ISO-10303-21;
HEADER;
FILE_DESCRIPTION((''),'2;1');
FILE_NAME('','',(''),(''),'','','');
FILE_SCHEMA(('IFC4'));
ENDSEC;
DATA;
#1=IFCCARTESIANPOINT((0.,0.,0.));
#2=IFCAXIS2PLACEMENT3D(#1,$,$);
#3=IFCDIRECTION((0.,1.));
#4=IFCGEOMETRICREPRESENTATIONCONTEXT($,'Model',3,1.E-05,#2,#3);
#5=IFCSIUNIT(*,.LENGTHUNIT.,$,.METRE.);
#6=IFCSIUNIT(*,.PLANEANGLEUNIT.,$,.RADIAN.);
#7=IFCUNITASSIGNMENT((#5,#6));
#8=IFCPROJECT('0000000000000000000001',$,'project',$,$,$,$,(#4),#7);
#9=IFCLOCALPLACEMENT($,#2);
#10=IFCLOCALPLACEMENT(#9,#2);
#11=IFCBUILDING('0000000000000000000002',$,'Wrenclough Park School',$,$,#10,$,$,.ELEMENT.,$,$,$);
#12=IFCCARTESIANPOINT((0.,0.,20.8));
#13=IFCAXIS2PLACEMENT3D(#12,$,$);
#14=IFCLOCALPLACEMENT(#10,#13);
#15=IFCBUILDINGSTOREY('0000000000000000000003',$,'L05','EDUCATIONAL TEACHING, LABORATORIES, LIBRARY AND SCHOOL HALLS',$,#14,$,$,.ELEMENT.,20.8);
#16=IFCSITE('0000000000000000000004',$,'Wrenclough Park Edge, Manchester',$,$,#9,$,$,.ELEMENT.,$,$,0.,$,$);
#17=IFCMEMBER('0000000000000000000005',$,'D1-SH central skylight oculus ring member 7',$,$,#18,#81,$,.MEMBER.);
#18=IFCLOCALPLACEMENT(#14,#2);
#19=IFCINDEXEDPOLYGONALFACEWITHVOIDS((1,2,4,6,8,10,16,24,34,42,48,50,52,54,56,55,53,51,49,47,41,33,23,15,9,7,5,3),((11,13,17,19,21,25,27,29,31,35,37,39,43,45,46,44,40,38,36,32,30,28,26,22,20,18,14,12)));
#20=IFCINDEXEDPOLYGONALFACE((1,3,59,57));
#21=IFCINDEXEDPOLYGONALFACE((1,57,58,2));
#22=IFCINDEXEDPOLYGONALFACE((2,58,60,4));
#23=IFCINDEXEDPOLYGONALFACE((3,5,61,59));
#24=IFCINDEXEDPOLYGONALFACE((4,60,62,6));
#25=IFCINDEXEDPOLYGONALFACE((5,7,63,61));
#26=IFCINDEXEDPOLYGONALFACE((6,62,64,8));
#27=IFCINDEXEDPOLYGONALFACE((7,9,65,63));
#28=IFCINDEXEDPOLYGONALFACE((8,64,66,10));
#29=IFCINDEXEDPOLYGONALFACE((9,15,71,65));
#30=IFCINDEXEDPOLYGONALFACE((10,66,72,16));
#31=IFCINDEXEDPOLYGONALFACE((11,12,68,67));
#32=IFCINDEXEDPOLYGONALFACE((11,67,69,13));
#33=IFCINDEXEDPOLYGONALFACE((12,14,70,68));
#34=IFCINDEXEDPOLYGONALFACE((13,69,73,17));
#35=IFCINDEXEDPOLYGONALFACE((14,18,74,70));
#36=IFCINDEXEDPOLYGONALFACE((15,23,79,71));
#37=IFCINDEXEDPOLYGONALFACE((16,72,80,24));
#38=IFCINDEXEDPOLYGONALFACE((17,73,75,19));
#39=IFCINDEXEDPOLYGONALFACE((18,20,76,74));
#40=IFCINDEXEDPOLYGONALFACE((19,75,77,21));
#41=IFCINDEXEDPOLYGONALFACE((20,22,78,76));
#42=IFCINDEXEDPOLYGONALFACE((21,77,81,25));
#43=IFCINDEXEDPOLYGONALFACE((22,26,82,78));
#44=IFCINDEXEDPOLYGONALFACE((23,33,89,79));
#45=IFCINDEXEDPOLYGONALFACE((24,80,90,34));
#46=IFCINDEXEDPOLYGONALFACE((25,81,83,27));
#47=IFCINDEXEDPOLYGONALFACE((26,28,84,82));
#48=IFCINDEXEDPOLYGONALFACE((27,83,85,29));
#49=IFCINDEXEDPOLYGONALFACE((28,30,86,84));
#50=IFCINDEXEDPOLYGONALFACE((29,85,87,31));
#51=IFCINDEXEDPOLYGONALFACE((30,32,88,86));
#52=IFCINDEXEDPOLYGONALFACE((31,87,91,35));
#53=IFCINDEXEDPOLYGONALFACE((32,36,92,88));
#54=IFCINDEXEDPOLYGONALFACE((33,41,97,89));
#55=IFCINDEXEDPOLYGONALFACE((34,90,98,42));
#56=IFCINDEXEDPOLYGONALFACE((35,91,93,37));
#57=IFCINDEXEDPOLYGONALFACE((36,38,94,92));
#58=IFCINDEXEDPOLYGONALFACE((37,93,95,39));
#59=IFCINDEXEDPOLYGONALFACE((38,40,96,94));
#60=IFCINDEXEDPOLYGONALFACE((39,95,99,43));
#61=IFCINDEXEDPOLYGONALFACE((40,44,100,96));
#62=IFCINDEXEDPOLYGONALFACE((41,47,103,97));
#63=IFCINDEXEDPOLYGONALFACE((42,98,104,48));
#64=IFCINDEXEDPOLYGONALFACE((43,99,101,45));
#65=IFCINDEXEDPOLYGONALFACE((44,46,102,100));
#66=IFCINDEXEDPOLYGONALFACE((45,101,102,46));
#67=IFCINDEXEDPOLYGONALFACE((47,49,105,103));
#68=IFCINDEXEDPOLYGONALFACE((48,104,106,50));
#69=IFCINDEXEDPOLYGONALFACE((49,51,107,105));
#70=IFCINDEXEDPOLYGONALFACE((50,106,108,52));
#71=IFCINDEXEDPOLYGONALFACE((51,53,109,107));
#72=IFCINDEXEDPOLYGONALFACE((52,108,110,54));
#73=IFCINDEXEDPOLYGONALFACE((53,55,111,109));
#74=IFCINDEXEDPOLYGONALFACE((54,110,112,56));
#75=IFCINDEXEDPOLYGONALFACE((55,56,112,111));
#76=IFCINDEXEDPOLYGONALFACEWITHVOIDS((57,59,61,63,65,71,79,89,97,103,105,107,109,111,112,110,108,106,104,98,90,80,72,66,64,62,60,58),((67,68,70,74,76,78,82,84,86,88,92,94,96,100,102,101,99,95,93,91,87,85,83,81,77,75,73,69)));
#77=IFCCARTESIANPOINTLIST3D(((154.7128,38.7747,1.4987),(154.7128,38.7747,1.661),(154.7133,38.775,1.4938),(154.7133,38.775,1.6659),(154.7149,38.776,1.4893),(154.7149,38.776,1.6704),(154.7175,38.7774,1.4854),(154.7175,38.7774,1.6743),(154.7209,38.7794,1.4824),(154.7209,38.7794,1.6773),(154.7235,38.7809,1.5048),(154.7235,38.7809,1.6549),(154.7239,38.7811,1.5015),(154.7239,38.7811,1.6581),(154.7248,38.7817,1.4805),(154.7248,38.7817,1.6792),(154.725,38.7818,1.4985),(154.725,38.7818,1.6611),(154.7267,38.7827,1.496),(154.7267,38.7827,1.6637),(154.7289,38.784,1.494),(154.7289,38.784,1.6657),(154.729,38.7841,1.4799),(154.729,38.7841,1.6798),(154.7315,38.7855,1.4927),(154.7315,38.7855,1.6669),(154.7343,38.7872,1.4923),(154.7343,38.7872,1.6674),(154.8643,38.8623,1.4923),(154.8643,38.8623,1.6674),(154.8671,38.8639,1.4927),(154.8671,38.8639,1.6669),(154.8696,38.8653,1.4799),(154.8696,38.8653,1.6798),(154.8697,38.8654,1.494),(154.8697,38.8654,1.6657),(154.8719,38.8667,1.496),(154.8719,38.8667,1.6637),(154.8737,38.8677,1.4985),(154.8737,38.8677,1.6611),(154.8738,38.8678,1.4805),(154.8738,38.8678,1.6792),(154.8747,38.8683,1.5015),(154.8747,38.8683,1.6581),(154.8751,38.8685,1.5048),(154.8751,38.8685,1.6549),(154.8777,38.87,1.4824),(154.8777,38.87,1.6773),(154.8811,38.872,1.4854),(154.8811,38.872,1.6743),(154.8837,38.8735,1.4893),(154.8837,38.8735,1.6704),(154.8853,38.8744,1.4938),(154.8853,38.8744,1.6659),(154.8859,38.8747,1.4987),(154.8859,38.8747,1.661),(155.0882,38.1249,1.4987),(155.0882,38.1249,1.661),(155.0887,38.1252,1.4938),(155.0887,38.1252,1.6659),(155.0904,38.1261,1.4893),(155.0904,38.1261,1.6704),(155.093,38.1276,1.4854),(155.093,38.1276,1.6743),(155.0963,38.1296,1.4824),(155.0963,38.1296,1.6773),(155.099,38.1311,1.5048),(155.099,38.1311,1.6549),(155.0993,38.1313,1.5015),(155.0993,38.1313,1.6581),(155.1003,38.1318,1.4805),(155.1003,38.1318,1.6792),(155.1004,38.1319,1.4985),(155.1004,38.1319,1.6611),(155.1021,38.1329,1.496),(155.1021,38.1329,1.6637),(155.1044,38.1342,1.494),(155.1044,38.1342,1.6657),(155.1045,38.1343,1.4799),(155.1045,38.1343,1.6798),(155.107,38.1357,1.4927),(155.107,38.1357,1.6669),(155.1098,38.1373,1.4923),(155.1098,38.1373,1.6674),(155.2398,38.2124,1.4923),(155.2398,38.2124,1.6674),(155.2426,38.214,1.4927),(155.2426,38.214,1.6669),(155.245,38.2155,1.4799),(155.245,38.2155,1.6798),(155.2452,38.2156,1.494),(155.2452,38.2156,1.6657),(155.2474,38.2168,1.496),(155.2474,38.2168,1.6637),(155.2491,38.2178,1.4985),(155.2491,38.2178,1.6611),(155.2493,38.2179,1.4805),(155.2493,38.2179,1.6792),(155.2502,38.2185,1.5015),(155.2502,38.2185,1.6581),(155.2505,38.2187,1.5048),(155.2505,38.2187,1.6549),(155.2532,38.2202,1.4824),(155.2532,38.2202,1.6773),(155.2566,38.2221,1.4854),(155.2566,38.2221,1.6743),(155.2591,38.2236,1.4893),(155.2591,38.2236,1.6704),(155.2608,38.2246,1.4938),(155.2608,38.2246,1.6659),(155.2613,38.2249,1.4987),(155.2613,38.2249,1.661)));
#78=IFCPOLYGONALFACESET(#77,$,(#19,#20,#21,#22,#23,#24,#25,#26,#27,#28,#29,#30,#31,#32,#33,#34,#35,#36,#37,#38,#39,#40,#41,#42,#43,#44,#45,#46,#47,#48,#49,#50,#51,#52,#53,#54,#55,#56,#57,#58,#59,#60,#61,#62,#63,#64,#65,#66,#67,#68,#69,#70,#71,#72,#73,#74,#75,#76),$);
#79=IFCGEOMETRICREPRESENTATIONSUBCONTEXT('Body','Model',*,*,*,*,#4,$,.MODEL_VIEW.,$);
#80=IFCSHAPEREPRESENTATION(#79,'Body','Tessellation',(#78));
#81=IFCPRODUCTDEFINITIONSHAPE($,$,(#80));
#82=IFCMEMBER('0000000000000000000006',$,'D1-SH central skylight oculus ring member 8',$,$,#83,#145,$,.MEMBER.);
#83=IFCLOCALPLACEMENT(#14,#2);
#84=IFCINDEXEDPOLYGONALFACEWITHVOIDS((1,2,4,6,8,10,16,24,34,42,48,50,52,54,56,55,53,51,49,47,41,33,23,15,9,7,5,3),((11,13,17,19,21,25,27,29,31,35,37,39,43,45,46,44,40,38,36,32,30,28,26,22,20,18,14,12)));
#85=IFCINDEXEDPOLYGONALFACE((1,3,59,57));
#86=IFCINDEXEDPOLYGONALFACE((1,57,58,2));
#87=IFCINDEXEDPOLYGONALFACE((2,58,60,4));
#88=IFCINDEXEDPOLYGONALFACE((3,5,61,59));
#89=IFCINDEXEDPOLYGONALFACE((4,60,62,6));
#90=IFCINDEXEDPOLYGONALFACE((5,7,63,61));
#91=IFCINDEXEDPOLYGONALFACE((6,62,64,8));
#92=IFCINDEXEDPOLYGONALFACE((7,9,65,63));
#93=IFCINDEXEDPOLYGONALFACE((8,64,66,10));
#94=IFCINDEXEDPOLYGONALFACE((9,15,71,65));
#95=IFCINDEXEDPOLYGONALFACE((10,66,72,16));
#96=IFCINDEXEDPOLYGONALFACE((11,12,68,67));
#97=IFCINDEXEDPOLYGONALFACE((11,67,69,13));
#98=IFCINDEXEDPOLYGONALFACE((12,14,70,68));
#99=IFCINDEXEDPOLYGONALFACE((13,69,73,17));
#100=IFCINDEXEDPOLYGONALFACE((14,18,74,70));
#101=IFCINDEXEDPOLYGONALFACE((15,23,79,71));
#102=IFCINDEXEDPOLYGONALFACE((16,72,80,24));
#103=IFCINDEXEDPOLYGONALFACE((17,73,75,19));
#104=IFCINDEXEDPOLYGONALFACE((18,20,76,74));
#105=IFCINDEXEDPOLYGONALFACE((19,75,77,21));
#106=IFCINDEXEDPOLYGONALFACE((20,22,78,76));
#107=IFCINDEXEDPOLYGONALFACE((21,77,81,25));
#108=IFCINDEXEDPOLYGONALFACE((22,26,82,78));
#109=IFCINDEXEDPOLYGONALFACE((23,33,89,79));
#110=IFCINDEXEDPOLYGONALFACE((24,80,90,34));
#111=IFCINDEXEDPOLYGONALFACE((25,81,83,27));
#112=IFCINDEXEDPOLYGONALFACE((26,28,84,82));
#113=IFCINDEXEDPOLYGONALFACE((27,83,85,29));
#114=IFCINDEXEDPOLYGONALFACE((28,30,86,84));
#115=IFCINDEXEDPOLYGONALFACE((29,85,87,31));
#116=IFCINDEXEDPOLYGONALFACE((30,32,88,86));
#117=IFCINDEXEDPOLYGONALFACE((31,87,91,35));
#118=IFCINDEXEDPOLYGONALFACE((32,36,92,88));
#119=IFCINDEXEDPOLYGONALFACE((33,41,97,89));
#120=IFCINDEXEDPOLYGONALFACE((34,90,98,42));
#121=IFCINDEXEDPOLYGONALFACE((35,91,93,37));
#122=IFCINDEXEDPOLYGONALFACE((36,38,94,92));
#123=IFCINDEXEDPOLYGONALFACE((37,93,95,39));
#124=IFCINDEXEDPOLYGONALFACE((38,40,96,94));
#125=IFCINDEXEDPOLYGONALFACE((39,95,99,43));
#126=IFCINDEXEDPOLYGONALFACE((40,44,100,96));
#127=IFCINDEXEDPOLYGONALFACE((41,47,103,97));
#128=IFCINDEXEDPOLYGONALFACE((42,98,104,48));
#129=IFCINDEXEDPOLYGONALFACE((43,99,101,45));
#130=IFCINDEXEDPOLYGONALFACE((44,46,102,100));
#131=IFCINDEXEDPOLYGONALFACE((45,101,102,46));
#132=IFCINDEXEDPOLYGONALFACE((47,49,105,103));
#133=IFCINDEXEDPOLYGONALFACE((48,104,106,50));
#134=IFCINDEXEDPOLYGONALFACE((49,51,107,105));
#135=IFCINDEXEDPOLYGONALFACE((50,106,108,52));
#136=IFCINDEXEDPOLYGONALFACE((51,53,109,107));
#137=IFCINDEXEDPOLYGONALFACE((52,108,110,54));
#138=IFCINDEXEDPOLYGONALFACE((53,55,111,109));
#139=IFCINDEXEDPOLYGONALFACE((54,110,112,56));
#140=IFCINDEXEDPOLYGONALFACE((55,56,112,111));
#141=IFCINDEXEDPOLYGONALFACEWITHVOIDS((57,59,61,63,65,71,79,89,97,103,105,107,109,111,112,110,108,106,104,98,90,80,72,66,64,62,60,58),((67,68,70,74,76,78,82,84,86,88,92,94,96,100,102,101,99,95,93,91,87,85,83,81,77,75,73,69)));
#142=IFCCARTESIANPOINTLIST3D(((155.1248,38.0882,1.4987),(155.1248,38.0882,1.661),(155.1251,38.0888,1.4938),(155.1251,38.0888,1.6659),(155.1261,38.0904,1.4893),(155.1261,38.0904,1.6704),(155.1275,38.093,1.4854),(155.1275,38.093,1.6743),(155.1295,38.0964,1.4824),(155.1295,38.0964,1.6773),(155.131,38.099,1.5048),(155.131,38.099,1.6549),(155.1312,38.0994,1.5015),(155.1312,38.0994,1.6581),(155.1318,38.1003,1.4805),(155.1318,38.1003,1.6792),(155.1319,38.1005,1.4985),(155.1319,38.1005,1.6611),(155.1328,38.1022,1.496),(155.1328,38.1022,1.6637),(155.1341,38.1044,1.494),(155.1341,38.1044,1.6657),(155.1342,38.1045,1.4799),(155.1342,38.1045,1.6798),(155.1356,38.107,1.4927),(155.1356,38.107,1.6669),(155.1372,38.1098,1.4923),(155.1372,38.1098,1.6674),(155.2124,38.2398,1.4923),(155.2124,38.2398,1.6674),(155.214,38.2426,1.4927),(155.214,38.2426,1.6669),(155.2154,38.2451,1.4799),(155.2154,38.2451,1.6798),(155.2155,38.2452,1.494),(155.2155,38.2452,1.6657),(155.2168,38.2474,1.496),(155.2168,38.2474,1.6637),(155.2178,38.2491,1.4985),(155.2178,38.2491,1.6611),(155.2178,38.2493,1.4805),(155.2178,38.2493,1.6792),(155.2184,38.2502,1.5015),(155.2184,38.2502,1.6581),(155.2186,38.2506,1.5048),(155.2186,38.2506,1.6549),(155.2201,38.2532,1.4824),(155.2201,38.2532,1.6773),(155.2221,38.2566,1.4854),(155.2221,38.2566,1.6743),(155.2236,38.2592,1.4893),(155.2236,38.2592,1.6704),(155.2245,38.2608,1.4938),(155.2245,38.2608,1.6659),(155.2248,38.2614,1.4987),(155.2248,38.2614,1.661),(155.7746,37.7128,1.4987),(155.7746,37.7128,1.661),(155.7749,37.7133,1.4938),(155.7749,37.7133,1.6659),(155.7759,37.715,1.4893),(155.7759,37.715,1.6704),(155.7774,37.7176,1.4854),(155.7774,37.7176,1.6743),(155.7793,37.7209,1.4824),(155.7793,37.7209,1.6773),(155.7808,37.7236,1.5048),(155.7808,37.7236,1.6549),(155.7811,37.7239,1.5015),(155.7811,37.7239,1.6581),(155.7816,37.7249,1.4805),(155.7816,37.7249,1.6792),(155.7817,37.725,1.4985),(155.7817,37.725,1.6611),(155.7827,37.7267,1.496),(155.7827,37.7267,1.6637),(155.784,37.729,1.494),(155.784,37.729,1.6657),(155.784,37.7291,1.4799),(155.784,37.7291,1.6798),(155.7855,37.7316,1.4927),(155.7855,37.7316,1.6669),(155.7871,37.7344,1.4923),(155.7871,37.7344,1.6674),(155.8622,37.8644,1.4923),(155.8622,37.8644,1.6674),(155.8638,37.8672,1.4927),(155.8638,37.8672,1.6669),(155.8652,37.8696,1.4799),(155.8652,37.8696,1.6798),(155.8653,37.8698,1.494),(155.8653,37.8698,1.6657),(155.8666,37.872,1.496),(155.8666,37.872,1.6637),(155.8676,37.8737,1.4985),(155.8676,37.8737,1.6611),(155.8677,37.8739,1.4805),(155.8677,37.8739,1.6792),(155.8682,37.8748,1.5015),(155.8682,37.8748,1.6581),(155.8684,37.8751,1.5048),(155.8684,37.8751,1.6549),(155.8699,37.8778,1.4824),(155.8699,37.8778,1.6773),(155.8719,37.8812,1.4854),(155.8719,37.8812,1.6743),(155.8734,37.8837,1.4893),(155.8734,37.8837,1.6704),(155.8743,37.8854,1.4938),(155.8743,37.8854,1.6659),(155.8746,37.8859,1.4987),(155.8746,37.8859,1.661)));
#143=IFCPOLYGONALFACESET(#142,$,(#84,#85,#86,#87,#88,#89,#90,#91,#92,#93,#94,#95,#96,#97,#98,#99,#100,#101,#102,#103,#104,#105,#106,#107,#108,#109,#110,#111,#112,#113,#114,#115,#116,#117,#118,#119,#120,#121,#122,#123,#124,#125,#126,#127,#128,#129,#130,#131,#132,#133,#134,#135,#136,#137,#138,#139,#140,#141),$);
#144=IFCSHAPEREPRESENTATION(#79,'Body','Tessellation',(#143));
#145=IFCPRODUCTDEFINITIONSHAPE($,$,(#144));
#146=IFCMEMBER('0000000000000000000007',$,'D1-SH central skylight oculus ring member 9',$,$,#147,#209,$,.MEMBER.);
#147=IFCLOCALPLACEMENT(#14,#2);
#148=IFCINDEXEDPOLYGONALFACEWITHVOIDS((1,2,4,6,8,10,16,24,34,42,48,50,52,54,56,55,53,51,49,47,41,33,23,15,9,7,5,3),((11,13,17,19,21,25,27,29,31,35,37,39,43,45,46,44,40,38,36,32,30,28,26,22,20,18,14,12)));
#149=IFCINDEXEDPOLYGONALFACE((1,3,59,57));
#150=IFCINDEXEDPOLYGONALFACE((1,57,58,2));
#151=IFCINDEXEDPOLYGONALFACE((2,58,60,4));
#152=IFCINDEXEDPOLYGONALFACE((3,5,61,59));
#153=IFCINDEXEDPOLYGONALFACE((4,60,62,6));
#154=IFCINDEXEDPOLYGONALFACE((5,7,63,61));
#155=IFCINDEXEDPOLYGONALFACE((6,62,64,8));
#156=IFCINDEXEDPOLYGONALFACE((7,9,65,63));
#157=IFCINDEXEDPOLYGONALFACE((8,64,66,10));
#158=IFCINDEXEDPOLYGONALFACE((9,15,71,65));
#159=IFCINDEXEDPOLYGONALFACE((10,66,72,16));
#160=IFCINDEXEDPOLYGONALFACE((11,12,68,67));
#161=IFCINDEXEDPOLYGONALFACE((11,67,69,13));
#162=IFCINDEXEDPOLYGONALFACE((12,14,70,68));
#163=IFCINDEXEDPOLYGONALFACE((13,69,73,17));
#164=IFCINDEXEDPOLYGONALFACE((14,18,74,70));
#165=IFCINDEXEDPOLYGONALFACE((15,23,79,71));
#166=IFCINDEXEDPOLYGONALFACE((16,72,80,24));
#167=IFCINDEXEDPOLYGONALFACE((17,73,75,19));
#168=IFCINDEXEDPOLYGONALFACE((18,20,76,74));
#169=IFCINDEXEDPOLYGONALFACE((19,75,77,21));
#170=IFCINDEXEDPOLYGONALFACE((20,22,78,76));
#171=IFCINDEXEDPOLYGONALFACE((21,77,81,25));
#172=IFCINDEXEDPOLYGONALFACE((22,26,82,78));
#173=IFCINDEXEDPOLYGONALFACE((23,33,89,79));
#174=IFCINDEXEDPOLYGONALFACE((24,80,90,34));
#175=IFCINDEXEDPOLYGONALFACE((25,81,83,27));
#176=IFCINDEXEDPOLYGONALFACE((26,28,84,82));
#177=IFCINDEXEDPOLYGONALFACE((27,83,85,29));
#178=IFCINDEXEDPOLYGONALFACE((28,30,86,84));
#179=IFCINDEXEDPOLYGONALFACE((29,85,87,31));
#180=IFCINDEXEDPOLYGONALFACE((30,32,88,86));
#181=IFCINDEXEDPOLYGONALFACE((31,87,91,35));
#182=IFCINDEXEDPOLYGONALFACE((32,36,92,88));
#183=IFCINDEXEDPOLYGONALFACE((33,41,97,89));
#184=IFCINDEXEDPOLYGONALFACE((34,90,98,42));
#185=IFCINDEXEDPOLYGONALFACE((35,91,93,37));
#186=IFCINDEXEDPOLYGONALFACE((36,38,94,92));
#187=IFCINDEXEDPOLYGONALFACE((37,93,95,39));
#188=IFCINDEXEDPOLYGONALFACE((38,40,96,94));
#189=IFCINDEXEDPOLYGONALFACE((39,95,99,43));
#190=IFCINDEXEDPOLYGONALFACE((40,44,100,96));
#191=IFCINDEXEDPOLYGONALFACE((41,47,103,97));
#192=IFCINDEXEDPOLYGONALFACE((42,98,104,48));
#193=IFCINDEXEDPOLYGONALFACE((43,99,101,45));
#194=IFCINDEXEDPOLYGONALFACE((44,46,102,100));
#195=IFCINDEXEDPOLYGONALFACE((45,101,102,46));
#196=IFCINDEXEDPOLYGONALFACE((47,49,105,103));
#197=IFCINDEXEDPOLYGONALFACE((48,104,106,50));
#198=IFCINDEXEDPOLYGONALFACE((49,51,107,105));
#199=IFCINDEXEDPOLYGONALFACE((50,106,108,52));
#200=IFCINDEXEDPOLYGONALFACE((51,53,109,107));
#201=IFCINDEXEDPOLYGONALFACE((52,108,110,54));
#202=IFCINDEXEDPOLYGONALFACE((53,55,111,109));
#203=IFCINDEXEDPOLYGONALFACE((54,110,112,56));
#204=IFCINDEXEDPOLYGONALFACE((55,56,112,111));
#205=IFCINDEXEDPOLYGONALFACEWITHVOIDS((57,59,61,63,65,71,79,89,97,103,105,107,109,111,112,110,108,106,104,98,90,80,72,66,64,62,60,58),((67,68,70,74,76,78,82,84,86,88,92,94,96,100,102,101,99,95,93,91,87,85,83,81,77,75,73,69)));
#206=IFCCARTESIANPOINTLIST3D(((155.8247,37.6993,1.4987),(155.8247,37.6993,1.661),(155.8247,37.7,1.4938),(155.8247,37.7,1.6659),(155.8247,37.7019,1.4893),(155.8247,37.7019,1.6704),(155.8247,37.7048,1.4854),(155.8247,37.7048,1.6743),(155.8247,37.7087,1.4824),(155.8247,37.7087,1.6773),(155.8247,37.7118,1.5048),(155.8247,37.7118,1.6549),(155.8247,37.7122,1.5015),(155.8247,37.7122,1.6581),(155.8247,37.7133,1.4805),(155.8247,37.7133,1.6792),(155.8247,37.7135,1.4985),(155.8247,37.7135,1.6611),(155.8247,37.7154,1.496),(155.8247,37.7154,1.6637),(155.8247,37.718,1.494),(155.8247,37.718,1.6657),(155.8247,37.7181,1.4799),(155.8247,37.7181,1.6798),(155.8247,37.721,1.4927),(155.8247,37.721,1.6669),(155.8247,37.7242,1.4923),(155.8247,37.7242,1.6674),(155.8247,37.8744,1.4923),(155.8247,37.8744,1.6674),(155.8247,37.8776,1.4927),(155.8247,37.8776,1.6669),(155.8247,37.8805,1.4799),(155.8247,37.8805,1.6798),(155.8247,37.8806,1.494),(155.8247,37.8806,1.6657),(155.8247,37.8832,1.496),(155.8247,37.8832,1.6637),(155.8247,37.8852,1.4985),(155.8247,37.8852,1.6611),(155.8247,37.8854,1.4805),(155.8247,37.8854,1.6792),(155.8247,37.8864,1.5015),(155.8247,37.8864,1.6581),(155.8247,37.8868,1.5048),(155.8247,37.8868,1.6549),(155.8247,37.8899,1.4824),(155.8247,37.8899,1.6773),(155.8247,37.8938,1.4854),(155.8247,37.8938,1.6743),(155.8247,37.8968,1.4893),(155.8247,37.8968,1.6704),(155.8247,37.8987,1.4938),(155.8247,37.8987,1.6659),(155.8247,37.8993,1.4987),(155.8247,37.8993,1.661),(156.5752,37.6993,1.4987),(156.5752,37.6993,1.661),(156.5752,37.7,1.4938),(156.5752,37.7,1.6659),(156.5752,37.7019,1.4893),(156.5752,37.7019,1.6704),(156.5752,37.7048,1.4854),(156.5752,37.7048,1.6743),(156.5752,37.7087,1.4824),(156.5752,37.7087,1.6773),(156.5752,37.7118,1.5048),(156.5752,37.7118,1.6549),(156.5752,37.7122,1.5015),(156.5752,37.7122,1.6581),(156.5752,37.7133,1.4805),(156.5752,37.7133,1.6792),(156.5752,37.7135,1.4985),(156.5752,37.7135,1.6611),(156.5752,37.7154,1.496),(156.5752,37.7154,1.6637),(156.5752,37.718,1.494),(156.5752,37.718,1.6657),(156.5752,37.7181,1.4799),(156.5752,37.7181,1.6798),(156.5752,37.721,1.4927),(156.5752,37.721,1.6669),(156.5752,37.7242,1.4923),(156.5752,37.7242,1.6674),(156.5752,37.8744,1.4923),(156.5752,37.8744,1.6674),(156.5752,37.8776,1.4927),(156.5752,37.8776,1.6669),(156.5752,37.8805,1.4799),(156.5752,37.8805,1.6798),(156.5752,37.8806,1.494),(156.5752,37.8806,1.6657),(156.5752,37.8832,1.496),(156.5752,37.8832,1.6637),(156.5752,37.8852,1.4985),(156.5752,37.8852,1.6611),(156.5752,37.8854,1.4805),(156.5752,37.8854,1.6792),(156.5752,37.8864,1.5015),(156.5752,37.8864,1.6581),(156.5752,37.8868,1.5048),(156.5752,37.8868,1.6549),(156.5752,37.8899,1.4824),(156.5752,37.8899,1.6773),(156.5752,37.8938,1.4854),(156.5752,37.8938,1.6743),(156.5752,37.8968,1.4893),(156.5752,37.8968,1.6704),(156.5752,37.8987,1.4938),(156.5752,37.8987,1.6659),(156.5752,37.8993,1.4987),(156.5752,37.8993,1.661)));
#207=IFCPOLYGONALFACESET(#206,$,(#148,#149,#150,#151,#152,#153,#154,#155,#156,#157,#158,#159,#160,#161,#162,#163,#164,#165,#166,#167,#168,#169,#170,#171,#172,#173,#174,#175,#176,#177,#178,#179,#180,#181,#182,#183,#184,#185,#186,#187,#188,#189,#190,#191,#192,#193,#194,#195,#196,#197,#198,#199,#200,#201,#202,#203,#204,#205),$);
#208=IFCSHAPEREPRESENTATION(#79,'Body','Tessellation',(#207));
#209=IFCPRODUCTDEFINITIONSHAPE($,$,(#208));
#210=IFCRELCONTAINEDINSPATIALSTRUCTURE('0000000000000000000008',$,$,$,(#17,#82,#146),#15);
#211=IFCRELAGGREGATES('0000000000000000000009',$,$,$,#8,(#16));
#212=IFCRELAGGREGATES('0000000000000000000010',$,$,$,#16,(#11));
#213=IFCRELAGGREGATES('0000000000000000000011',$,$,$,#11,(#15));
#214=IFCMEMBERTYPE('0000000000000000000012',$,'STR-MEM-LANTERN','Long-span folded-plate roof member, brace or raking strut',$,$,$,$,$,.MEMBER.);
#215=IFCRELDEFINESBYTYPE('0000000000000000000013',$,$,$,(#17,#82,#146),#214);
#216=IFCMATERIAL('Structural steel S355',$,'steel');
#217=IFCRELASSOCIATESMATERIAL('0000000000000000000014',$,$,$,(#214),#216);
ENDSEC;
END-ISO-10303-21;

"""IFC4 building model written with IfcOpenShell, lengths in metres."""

from ifc_helpers import new_model, si_unit, direction, frame, origin, origin_2d, place, context, subcontext, project, spatial, hollow_rectangle, extrude, material, material_profile, profile_set, type_object, element, save


model = new_model("IFC4")

# Units and contexts
model_context = context("Model", 3, precision=1e-05, world=origin(), true_north=direction((0.0, 1.0)))
body_context = subcontext(model_context, "Body", "Model", "MODEL_VIEW")
ifc_project = project(units=[si_unit("LENGTHUNIT", "METRE"), si_unit("PLANEANGLEUNIT", "RADIAN")], contexts=[model_context])

# Site, building, storey
site_placement = place(None, origin())
site = spatial("IfcSite", under=ifc_project, at=site_placement, Name="Wrenclough Park Edge, Manchester", CompositionType="ELEMENT", RefElevation=0.0)
building_placement = place(site_placement, origin())
building = spatial("IfcBuilding", under=site, at=building_placement, Name="Wrenclough Park School", CompositionType="ELEMENT")
storey_placement = place(building_placement, frame((0.0, 0.0, 20.8)))
storey = spatial("IfcBuildingStorey", under=building, at=storey_placement, Name="L05", Description="EDUCATIONAL TEACHING, LABORATORIES, LIBRARY AND SCHOOL HALLS", CompositionType="ELEMENT", Elevation=20.8)

# Shared definitions
ifc_material_1 = material(Name="Structural steel S355", Category="steel")

# Members
ifc_material_profile_1 = material_profile(ifc_material_1, hollow_rectangle(XDim=0.2, YDim=0.2, WallThickness=0.0125, InnerFilletRadius=0.0125, OuterFilletRadius=0.0188, at=origin_2d()), Name="SHS 200x200x12.5")
ifc_profile_set_1 = profile_set([ifc_material_profile_1], Name="Structural steel S355")
member_type_1 = type_object("IfcMemberType", Name="STR-MEM-LANTERN", Description="Long-span folded-plate roof member, brace or raking strut", PredefinedType="MEMBER", material=ifc_profile_set_1)
for number, where, z_axis, x_axis, name in (
    (1, (154.7993, 38.8247, 1.5798), (0.500267, -0.865871, 0.0), (0.865871, 0.500267, 0.0), "D1-SH central skylight oculus ring member 7"),
    (2, (155.1748, 38.1748, 1.5798), (0.865871, -0.500267, 0.0), (0.500267, 0.865871, 0.0), "D1-SH central skylight oculus ring member 8"),
    (3, (155.8247, 37.7993, 1.5798), (1.0, 0.0, 0.0), (0.0, 1.0, 0.0), "D1-SH central skylight oculus ring member 9"),
):
    element("IfcMember", number, at=place(storey_placement, frame(where, z_axis=z_axis, x_axis=x_axis)), inside=storey, type_object=member_type_1, Name=name, PredefinedType="MEMBER", context=body_context, shape_type="SweptSolid", body=[
        extrude(hollow_rectangle(XDim=0.2, YDim=0.2, WallThickness=0.0125, InnerFilletRadius=0.0125, OuterFilletRadius=0.0188, at=origin_2d()), origin(), (0.0, 0.0, 1.0), 0.7505),
    ])

save(model, "model.ifc")
